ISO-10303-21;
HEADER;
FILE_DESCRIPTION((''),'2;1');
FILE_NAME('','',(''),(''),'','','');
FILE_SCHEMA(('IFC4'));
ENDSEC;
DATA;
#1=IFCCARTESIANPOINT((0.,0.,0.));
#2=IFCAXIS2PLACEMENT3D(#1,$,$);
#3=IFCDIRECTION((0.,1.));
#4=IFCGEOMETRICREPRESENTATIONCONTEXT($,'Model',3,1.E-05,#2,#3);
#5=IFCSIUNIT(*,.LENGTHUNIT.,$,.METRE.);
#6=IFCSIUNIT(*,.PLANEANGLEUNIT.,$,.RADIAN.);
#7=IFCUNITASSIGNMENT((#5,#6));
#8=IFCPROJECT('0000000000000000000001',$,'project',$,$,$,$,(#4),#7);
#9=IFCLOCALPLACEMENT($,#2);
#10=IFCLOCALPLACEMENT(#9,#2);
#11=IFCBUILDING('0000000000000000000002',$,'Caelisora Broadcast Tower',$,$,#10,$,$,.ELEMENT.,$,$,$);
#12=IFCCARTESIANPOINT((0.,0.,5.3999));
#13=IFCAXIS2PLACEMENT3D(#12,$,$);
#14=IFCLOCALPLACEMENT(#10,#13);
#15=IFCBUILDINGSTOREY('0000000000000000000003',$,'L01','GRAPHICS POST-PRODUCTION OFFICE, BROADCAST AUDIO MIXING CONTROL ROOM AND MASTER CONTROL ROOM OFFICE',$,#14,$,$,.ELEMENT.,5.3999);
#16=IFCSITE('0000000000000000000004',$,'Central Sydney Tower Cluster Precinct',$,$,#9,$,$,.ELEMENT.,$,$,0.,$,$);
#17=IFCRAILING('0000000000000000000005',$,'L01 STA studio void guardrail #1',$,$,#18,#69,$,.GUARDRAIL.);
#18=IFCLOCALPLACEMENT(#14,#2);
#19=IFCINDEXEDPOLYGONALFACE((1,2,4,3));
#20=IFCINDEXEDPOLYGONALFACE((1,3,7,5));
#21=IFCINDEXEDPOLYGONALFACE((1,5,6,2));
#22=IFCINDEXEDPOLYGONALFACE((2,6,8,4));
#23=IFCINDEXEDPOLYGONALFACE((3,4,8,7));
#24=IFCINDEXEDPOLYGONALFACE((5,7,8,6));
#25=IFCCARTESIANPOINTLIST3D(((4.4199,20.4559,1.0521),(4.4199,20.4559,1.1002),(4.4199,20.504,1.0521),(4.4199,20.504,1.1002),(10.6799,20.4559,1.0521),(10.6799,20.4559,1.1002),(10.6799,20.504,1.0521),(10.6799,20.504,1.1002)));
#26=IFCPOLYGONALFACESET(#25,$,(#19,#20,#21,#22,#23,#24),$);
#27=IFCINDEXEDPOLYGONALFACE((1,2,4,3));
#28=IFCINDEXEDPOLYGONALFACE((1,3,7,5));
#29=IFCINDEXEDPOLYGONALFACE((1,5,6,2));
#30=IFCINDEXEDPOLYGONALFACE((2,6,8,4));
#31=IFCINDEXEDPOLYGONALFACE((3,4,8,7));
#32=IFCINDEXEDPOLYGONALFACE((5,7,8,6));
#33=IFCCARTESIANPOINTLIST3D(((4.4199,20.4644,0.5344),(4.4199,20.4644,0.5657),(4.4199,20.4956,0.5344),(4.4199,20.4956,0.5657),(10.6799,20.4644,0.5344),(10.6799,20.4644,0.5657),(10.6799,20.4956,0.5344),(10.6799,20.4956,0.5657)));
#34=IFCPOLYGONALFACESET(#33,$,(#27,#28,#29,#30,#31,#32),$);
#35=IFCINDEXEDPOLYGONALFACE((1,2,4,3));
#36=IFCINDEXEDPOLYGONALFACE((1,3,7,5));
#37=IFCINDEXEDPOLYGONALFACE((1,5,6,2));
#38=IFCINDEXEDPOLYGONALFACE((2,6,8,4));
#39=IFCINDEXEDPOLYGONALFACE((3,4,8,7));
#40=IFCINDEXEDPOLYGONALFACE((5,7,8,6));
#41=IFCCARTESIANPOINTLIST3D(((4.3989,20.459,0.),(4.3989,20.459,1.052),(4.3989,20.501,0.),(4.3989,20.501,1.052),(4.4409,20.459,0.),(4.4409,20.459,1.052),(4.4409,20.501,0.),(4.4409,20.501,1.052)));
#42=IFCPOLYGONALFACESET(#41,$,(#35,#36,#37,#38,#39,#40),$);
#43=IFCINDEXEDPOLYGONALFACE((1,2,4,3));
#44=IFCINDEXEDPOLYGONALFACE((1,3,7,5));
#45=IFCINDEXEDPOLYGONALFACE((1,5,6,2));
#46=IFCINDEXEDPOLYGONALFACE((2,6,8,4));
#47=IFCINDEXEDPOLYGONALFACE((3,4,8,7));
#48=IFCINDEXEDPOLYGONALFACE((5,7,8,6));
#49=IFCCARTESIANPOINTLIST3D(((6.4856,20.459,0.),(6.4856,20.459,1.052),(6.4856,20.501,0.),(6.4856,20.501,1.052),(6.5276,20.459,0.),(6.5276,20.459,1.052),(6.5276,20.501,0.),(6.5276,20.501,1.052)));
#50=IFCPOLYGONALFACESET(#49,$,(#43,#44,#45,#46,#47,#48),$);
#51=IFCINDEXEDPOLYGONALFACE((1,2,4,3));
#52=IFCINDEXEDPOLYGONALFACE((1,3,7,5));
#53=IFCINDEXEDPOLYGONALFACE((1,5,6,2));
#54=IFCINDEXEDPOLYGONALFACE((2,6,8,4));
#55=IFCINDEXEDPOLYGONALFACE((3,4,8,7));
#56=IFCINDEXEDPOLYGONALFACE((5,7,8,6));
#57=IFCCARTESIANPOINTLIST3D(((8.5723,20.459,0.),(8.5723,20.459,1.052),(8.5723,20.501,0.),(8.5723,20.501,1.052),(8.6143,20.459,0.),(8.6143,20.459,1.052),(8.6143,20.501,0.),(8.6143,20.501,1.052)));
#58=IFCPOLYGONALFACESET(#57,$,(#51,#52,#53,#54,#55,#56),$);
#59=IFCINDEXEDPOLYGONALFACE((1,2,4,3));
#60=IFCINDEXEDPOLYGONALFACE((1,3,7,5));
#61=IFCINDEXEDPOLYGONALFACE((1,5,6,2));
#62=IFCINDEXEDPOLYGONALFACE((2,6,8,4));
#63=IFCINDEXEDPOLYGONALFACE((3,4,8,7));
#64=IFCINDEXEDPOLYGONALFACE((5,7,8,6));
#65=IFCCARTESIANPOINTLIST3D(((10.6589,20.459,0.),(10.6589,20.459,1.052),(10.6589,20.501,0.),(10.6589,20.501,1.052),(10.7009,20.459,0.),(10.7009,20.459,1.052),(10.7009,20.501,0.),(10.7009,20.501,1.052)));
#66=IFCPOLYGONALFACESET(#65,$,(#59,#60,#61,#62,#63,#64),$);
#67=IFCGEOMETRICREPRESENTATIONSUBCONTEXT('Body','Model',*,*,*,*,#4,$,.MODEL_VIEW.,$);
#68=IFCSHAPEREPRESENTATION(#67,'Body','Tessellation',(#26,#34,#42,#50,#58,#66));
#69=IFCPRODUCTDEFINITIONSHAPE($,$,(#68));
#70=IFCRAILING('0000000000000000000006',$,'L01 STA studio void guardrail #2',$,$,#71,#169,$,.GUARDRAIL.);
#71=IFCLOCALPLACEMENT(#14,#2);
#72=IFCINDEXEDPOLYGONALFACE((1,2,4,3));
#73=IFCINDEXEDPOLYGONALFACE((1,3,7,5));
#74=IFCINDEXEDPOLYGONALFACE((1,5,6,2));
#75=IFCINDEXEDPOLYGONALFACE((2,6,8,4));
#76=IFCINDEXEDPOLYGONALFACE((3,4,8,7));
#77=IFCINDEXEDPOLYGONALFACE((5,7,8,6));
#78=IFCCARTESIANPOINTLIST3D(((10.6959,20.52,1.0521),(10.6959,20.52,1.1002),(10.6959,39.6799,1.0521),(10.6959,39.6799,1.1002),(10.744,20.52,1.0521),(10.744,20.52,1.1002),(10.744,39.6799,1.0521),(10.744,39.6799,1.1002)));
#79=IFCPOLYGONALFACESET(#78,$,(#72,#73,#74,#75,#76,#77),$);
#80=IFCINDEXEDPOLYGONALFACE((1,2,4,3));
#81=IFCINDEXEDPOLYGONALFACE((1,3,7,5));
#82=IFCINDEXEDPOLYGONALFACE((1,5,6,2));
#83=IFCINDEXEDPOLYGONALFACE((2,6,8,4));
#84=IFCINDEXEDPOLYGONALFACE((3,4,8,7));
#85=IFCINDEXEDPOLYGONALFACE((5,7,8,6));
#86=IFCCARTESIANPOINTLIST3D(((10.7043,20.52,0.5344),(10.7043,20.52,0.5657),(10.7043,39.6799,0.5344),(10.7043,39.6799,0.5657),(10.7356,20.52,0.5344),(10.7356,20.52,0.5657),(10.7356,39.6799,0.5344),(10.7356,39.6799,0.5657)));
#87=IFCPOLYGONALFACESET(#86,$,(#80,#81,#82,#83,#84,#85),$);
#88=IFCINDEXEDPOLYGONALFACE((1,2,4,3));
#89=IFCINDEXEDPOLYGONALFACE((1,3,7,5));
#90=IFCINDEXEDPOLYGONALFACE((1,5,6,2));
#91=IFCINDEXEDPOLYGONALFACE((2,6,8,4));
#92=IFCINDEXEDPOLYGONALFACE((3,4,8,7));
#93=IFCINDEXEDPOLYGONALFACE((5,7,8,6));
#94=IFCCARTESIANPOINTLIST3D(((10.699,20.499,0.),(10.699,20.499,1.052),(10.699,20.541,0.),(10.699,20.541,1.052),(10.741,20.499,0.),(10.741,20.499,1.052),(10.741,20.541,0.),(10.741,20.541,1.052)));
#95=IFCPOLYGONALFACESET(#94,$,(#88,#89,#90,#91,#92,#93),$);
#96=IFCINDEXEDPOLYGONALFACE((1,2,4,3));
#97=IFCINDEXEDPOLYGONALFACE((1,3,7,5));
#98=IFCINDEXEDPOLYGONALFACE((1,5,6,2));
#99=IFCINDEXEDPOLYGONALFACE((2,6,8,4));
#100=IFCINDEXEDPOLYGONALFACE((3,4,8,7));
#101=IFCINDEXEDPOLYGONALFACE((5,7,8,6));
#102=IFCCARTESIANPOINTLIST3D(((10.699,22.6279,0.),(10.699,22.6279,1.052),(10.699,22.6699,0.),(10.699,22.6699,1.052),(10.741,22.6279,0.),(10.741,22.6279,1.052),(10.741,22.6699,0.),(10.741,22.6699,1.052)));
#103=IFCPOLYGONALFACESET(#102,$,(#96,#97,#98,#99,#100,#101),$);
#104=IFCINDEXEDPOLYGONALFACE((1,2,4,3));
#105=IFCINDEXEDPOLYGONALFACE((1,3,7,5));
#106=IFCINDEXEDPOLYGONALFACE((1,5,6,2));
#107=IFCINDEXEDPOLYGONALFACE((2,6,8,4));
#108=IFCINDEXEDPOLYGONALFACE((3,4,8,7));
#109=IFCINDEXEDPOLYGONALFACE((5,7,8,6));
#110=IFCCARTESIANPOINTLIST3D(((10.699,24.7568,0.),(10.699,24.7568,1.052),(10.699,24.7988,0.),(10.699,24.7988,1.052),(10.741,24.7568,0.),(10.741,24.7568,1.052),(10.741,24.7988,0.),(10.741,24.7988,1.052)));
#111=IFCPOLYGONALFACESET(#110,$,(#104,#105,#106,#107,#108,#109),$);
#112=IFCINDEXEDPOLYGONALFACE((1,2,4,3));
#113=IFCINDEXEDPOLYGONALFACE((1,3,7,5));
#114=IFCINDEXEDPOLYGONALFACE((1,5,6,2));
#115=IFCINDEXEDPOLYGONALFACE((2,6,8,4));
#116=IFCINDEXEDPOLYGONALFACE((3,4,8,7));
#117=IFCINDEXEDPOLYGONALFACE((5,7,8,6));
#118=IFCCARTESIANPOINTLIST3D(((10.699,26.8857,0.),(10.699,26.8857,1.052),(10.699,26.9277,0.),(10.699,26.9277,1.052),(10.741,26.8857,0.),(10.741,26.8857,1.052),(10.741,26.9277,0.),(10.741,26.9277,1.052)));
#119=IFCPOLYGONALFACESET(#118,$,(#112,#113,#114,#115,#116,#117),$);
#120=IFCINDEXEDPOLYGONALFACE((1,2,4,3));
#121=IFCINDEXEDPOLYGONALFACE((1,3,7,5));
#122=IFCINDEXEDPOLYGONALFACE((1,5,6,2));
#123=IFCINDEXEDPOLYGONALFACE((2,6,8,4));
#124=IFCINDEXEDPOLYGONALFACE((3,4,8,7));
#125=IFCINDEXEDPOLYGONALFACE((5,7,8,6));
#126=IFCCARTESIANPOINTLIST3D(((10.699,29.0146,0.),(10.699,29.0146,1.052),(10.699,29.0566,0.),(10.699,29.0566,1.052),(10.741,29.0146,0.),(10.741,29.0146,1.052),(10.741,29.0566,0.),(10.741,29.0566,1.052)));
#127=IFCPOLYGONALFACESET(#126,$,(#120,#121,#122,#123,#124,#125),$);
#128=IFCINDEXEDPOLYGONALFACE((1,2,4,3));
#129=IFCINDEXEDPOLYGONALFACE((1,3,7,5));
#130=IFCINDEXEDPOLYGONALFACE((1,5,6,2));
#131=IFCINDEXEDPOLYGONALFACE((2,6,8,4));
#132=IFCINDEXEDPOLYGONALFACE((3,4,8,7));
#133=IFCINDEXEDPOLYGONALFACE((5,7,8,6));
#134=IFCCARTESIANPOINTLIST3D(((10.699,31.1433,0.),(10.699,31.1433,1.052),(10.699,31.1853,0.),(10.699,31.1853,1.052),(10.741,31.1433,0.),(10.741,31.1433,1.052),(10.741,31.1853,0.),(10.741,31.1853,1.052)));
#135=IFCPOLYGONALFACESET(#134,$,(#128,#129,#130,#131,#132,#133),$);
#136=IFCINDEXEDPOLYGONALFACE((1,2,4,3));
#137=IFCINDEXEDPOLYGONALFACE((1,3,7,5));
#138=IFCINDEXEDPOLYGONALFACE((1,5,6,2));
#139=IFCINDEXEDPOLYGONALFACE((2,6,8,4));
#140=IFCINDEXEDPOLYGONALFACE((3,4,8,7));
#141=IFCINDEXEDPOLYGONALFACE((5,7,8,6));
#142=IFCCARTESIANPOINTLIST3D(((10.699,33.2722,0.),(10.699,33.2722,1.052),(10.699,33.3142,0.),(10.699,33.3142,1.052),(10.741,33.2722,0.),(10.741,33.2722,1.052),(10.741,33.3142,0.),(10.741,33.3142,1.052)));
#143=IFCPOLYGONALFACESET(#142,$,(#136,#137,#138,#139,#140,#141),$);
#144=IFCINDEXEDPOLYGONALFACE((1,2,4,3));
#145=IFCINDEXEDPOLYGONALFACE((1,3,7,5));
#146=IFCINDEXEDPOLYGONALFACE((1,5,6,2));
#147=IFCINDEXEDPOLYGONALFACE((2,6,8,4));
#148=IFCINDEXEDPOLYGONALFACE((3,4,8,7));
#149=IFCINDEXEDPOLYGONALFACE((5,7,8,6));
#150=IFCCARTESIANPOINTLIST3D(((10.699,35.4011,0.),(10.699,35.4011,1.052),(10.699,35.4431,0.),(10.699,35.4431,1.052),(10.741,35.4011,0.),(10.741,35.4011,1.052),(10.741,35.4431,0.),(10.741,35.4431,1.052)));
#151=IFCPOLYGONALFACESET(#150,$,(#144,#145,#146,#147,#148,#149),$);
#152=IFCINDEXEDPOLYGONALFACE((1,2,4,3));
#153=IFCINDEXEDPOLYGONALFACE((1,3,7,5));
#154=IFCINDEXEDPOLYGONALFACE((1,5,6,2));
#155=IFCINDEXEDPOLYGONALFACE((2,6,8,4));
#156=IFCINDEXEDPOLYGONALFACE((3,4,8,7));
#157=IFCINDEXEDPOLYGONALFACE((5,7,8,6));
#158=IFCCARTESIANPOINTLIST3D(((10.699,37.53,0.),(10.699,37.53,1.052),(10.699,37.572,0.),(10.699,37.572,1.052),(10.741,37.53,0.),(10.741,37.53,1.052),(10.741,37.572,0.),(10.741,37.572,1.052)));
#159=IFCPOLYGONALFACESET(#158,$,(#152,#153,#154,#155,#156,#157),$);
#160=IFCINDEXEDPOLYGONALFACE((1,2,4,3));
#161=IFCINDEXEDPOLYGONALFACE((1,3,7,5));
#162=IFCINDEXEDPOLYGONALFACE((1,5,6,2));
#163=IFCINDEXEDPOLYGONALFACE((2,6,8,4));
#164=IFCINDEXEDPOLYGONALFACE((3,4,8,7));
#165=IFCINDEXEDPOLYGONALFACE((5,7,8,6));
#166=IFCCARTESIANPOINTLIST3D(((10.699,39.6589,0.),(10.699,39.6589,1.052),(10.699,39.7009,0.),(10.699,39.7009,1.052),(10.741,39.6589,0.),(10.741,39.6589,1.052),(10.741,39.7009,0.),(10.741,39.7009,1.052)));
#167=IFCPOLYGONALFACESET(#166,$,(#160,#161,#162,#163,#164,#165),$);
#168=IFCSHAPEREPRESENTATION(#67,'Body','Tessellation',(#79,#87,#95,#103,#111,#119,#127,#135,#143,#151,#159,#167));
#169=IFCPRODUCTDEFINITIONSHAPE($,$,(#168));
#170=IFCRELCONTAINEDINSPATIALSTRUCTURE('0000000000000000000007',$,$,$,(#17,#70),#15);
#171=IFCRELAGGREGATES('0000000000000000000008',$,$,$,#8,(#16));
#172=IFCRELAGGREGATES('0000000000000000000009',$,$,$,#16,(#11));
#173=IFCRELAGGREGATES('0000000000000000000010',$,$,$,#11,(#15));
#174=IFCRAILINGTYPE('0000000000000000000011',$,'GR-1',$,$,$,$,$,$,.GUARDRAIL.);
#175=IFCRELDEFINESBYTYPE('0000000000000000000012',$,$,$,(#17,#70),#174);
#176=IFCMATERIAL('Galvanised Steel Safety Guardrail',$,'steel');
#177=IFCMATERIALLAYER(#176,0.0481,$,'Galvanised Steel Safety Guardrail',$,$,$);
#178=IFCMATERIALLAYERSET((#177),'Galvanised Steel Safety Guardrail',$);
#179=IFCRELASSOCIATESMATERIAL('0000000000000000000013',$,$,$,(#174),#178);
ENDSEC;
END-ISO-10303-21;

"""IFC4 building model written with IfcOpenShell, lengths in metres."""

from ifc_helpers import new_model, si_unit, direction, frame, origin, origin_2d, place, context, subcontext, project, spatial, rectangle, extrude, material, layer, layer_set, type_object, element, save


model = new_model("IFC4")

# Units and contexts
model_context = context("Model", 3, precision=1e-05, world=origin(), true_north=direction((0.0, 1.0)))
body_context = subcontext(model_context, "Body", "Model", "MODEL_VIEW")
ifc_project = project(units=[si_unit("LENGTHUNIT", "METRE"), si_unit("PLANEANGLEUNIT", "RADIAN")], contexts=[model_context])

# Site, building, storey
site_placement = place(None, origin())
site = spatial("IfcSite", under=ifc_project, at=site_placement, Name="Central Sydney Tower Cluster Precinct", CompositionType="ELEMENT", RefElevation=0.0)
building_placement = place(site_placement, origin())
building = spatial("IfcBuilding", under=site, at=building_placement, Name="Caelisora Broadcast Tower", CompositionType="ELEMENT")
storey_placement = place(building_placement, frame((0.0, 0.0, 5.3999)))
storey = spatial("IfcBuildingStorey", under=building, at=storey_placement, Name="L01", Description="GRAPHICS POST-PRODUCTION OFFICE, BROADCAST AUDIO MIXING CONTROL ROOM AND MASTER CONTROL ROOM OFFICE", CompositionType="ELEMENT", Elevation=5.3999)

# Railings
ifc_material_1 = material(Name="Galvanised Steel Safety Guardrail", Category="steel")
ifc_layer_1 = layer(ifc_material_1, 0.0481, Name="Galvanised Steel Safety Guardrail")
ifc_layer_set_1 = layer_set([ifc_layer_1], Name="Galvanised Steel Safety Guardrail")
railing_type = type_object("IfcRailingType", Name="GR-1", PredefinedType="GUARDRAIL", material=ifc_layer_set_1)
railing_1_placement = place(storey_placement, frame((4.4199, 20.48, 0.0)))
element("IfcRailing", 1, at=railing_1_placement, inside=storey, type_object=railing_type, Name="L01 STA studio void guardrail #1", PredefinedType="GUARDRAIL", context=body_context, shape_type="SweptSolid", body=[
    extrude(rectangle(XDim=0.0481, YDim=0.0481, at=origin_2d()), frame((0.0, 0.0, 1.0762), z_axis=(1.0, 0.0, 0.0), x_axis=(0.0, 1.0, 0.0)), (0.0, 0.0, 1.0), 6.26),
    extrude(rectangle(XDim=0.0312, YDim=0.0312, at=origin_2d()), frame((0.0, 0.0, 0.55), z_axis=(1.0, 0.0, 0.0), x_axis=(0.0, 1.0, 0.0)), (0.0, 0.0, 1.0), 6.26),
    extrude(rectangle(XDim=0.042, YDim=0.042, at=origin_2d()), origin(), (0.0, 0.0, 1.0), 1.052),
    extrude(rectangle(XDim=0.042, YDim=0.042, at=origin_2d()), frame((2.0867, 0.0, 0.0)), (0.0, 0.0, 1.0), 1.052),
    extrude(rectangle(XDim=0.042, YDim=0.042, at=origin_2d()), frame((4.1733, 0.0, 0.0)), (0.0, 0.0, 1.0), 1.052),
    extrude(rectangle(XDim=0.042, YDim=0.042, at=origin_2d()), frame((6.26, 0.0, 0.0)), (0.0, 0.0, 1.0), 1.052),
])
railing_2_placement = place(storey_placement, frame((10.72, 20.52, 0.0)))
element("IfcRailing", 2, at=railing_2_placement, inside=storey, type_object=railing_type, Name="L01 STA studio void guardrail #2", PredefinedType="GUARDRAIL", context=body_context, shape_type="SweptSolid", body=[
    extrude(rectangle(XDim=0.0481, YDim=0.0481, at=origin_2d()), frame((0.0, 0.0, 1.0762), z_axis=(0.0, 1.0, 0.0), x_axis=(-1.0, 0.0, 0.0)), (0.0, 0.0, 1.0), 19.1599),
    extrude(rectangle(XDim=0.0312, YDim=0.0312, at=origin_2d()), frame((0.0, 0.0, 0.55), z_axis=(0.0, 1.0, 0.0), x_axis=(-1.0, 0.0, 0.0)), (0.0, 0.0, 1.0), 19.1599),
    extrude(rectangle(XDim=0.042, YDim=0.042, at=origin_2d()), origin(), (0.0, 0.0, 1.0), 1.052),
    extrude(rectangle(XDim=0.042, YDim=0.042, at=origin_2d()), frame((0.0, 2.1289, 0.0)), (0.0, 0.0, 1.0), 1.052),
    extrude(rectangle(XDim=0.042, YDim=0.042, at=origin_2d()), frame((0.0, 4.2578, 0.0)), (0.0, 0.0, 1.0), 1.052),
    extrude(rectangle(XDim=0.042, YDim=0.042, at=origin_2d()), frame((0.0, 6.3867, 0.0)), (0.0, 0.0, 1.0), 1.052),
    extrude(rectangle(XDim=0.042, YDim=0.042, at=origin_2d()), frame((0.0, 8.5156, 0.0)), (0.0, 0.0, 1.0), 1.052),
    extrude(rectangle(XDim=0.042, YDim=0.042, at=origin_2d()), frame((0.0, 10.6443, 0.0)), (0.0, 0.0, 1.0), 1.052),
    extrude(rectangle(XDim=0.042, YDim=0.042, at=origin_2d()), frame((0.0, 12.7732, 0.0)), (0.0, 0.0, 1.0), 1.052),
    extrude(rectangle(XDim=0.042, YDim=0.042, at=origin_2d()), frame((0.0, 14.9021, 0.0)), (0.0, 0.0, 1.0), 1.052),
    extrude(rectangle(XDim=0.042, YDim=0.042, at=origin_2d()), frame((0.0, 17.031, 0.0)), (0.0, 0.0, 1.0), 1.052),
    extrude(rectangle(XDim=0.042, YDim=0.042, at=origin_2d()), frame((0.0, 19.1599, 0.0)), (0.0, 0.0, 1.0), 1.052),
])

save(model, "model.ifc")
